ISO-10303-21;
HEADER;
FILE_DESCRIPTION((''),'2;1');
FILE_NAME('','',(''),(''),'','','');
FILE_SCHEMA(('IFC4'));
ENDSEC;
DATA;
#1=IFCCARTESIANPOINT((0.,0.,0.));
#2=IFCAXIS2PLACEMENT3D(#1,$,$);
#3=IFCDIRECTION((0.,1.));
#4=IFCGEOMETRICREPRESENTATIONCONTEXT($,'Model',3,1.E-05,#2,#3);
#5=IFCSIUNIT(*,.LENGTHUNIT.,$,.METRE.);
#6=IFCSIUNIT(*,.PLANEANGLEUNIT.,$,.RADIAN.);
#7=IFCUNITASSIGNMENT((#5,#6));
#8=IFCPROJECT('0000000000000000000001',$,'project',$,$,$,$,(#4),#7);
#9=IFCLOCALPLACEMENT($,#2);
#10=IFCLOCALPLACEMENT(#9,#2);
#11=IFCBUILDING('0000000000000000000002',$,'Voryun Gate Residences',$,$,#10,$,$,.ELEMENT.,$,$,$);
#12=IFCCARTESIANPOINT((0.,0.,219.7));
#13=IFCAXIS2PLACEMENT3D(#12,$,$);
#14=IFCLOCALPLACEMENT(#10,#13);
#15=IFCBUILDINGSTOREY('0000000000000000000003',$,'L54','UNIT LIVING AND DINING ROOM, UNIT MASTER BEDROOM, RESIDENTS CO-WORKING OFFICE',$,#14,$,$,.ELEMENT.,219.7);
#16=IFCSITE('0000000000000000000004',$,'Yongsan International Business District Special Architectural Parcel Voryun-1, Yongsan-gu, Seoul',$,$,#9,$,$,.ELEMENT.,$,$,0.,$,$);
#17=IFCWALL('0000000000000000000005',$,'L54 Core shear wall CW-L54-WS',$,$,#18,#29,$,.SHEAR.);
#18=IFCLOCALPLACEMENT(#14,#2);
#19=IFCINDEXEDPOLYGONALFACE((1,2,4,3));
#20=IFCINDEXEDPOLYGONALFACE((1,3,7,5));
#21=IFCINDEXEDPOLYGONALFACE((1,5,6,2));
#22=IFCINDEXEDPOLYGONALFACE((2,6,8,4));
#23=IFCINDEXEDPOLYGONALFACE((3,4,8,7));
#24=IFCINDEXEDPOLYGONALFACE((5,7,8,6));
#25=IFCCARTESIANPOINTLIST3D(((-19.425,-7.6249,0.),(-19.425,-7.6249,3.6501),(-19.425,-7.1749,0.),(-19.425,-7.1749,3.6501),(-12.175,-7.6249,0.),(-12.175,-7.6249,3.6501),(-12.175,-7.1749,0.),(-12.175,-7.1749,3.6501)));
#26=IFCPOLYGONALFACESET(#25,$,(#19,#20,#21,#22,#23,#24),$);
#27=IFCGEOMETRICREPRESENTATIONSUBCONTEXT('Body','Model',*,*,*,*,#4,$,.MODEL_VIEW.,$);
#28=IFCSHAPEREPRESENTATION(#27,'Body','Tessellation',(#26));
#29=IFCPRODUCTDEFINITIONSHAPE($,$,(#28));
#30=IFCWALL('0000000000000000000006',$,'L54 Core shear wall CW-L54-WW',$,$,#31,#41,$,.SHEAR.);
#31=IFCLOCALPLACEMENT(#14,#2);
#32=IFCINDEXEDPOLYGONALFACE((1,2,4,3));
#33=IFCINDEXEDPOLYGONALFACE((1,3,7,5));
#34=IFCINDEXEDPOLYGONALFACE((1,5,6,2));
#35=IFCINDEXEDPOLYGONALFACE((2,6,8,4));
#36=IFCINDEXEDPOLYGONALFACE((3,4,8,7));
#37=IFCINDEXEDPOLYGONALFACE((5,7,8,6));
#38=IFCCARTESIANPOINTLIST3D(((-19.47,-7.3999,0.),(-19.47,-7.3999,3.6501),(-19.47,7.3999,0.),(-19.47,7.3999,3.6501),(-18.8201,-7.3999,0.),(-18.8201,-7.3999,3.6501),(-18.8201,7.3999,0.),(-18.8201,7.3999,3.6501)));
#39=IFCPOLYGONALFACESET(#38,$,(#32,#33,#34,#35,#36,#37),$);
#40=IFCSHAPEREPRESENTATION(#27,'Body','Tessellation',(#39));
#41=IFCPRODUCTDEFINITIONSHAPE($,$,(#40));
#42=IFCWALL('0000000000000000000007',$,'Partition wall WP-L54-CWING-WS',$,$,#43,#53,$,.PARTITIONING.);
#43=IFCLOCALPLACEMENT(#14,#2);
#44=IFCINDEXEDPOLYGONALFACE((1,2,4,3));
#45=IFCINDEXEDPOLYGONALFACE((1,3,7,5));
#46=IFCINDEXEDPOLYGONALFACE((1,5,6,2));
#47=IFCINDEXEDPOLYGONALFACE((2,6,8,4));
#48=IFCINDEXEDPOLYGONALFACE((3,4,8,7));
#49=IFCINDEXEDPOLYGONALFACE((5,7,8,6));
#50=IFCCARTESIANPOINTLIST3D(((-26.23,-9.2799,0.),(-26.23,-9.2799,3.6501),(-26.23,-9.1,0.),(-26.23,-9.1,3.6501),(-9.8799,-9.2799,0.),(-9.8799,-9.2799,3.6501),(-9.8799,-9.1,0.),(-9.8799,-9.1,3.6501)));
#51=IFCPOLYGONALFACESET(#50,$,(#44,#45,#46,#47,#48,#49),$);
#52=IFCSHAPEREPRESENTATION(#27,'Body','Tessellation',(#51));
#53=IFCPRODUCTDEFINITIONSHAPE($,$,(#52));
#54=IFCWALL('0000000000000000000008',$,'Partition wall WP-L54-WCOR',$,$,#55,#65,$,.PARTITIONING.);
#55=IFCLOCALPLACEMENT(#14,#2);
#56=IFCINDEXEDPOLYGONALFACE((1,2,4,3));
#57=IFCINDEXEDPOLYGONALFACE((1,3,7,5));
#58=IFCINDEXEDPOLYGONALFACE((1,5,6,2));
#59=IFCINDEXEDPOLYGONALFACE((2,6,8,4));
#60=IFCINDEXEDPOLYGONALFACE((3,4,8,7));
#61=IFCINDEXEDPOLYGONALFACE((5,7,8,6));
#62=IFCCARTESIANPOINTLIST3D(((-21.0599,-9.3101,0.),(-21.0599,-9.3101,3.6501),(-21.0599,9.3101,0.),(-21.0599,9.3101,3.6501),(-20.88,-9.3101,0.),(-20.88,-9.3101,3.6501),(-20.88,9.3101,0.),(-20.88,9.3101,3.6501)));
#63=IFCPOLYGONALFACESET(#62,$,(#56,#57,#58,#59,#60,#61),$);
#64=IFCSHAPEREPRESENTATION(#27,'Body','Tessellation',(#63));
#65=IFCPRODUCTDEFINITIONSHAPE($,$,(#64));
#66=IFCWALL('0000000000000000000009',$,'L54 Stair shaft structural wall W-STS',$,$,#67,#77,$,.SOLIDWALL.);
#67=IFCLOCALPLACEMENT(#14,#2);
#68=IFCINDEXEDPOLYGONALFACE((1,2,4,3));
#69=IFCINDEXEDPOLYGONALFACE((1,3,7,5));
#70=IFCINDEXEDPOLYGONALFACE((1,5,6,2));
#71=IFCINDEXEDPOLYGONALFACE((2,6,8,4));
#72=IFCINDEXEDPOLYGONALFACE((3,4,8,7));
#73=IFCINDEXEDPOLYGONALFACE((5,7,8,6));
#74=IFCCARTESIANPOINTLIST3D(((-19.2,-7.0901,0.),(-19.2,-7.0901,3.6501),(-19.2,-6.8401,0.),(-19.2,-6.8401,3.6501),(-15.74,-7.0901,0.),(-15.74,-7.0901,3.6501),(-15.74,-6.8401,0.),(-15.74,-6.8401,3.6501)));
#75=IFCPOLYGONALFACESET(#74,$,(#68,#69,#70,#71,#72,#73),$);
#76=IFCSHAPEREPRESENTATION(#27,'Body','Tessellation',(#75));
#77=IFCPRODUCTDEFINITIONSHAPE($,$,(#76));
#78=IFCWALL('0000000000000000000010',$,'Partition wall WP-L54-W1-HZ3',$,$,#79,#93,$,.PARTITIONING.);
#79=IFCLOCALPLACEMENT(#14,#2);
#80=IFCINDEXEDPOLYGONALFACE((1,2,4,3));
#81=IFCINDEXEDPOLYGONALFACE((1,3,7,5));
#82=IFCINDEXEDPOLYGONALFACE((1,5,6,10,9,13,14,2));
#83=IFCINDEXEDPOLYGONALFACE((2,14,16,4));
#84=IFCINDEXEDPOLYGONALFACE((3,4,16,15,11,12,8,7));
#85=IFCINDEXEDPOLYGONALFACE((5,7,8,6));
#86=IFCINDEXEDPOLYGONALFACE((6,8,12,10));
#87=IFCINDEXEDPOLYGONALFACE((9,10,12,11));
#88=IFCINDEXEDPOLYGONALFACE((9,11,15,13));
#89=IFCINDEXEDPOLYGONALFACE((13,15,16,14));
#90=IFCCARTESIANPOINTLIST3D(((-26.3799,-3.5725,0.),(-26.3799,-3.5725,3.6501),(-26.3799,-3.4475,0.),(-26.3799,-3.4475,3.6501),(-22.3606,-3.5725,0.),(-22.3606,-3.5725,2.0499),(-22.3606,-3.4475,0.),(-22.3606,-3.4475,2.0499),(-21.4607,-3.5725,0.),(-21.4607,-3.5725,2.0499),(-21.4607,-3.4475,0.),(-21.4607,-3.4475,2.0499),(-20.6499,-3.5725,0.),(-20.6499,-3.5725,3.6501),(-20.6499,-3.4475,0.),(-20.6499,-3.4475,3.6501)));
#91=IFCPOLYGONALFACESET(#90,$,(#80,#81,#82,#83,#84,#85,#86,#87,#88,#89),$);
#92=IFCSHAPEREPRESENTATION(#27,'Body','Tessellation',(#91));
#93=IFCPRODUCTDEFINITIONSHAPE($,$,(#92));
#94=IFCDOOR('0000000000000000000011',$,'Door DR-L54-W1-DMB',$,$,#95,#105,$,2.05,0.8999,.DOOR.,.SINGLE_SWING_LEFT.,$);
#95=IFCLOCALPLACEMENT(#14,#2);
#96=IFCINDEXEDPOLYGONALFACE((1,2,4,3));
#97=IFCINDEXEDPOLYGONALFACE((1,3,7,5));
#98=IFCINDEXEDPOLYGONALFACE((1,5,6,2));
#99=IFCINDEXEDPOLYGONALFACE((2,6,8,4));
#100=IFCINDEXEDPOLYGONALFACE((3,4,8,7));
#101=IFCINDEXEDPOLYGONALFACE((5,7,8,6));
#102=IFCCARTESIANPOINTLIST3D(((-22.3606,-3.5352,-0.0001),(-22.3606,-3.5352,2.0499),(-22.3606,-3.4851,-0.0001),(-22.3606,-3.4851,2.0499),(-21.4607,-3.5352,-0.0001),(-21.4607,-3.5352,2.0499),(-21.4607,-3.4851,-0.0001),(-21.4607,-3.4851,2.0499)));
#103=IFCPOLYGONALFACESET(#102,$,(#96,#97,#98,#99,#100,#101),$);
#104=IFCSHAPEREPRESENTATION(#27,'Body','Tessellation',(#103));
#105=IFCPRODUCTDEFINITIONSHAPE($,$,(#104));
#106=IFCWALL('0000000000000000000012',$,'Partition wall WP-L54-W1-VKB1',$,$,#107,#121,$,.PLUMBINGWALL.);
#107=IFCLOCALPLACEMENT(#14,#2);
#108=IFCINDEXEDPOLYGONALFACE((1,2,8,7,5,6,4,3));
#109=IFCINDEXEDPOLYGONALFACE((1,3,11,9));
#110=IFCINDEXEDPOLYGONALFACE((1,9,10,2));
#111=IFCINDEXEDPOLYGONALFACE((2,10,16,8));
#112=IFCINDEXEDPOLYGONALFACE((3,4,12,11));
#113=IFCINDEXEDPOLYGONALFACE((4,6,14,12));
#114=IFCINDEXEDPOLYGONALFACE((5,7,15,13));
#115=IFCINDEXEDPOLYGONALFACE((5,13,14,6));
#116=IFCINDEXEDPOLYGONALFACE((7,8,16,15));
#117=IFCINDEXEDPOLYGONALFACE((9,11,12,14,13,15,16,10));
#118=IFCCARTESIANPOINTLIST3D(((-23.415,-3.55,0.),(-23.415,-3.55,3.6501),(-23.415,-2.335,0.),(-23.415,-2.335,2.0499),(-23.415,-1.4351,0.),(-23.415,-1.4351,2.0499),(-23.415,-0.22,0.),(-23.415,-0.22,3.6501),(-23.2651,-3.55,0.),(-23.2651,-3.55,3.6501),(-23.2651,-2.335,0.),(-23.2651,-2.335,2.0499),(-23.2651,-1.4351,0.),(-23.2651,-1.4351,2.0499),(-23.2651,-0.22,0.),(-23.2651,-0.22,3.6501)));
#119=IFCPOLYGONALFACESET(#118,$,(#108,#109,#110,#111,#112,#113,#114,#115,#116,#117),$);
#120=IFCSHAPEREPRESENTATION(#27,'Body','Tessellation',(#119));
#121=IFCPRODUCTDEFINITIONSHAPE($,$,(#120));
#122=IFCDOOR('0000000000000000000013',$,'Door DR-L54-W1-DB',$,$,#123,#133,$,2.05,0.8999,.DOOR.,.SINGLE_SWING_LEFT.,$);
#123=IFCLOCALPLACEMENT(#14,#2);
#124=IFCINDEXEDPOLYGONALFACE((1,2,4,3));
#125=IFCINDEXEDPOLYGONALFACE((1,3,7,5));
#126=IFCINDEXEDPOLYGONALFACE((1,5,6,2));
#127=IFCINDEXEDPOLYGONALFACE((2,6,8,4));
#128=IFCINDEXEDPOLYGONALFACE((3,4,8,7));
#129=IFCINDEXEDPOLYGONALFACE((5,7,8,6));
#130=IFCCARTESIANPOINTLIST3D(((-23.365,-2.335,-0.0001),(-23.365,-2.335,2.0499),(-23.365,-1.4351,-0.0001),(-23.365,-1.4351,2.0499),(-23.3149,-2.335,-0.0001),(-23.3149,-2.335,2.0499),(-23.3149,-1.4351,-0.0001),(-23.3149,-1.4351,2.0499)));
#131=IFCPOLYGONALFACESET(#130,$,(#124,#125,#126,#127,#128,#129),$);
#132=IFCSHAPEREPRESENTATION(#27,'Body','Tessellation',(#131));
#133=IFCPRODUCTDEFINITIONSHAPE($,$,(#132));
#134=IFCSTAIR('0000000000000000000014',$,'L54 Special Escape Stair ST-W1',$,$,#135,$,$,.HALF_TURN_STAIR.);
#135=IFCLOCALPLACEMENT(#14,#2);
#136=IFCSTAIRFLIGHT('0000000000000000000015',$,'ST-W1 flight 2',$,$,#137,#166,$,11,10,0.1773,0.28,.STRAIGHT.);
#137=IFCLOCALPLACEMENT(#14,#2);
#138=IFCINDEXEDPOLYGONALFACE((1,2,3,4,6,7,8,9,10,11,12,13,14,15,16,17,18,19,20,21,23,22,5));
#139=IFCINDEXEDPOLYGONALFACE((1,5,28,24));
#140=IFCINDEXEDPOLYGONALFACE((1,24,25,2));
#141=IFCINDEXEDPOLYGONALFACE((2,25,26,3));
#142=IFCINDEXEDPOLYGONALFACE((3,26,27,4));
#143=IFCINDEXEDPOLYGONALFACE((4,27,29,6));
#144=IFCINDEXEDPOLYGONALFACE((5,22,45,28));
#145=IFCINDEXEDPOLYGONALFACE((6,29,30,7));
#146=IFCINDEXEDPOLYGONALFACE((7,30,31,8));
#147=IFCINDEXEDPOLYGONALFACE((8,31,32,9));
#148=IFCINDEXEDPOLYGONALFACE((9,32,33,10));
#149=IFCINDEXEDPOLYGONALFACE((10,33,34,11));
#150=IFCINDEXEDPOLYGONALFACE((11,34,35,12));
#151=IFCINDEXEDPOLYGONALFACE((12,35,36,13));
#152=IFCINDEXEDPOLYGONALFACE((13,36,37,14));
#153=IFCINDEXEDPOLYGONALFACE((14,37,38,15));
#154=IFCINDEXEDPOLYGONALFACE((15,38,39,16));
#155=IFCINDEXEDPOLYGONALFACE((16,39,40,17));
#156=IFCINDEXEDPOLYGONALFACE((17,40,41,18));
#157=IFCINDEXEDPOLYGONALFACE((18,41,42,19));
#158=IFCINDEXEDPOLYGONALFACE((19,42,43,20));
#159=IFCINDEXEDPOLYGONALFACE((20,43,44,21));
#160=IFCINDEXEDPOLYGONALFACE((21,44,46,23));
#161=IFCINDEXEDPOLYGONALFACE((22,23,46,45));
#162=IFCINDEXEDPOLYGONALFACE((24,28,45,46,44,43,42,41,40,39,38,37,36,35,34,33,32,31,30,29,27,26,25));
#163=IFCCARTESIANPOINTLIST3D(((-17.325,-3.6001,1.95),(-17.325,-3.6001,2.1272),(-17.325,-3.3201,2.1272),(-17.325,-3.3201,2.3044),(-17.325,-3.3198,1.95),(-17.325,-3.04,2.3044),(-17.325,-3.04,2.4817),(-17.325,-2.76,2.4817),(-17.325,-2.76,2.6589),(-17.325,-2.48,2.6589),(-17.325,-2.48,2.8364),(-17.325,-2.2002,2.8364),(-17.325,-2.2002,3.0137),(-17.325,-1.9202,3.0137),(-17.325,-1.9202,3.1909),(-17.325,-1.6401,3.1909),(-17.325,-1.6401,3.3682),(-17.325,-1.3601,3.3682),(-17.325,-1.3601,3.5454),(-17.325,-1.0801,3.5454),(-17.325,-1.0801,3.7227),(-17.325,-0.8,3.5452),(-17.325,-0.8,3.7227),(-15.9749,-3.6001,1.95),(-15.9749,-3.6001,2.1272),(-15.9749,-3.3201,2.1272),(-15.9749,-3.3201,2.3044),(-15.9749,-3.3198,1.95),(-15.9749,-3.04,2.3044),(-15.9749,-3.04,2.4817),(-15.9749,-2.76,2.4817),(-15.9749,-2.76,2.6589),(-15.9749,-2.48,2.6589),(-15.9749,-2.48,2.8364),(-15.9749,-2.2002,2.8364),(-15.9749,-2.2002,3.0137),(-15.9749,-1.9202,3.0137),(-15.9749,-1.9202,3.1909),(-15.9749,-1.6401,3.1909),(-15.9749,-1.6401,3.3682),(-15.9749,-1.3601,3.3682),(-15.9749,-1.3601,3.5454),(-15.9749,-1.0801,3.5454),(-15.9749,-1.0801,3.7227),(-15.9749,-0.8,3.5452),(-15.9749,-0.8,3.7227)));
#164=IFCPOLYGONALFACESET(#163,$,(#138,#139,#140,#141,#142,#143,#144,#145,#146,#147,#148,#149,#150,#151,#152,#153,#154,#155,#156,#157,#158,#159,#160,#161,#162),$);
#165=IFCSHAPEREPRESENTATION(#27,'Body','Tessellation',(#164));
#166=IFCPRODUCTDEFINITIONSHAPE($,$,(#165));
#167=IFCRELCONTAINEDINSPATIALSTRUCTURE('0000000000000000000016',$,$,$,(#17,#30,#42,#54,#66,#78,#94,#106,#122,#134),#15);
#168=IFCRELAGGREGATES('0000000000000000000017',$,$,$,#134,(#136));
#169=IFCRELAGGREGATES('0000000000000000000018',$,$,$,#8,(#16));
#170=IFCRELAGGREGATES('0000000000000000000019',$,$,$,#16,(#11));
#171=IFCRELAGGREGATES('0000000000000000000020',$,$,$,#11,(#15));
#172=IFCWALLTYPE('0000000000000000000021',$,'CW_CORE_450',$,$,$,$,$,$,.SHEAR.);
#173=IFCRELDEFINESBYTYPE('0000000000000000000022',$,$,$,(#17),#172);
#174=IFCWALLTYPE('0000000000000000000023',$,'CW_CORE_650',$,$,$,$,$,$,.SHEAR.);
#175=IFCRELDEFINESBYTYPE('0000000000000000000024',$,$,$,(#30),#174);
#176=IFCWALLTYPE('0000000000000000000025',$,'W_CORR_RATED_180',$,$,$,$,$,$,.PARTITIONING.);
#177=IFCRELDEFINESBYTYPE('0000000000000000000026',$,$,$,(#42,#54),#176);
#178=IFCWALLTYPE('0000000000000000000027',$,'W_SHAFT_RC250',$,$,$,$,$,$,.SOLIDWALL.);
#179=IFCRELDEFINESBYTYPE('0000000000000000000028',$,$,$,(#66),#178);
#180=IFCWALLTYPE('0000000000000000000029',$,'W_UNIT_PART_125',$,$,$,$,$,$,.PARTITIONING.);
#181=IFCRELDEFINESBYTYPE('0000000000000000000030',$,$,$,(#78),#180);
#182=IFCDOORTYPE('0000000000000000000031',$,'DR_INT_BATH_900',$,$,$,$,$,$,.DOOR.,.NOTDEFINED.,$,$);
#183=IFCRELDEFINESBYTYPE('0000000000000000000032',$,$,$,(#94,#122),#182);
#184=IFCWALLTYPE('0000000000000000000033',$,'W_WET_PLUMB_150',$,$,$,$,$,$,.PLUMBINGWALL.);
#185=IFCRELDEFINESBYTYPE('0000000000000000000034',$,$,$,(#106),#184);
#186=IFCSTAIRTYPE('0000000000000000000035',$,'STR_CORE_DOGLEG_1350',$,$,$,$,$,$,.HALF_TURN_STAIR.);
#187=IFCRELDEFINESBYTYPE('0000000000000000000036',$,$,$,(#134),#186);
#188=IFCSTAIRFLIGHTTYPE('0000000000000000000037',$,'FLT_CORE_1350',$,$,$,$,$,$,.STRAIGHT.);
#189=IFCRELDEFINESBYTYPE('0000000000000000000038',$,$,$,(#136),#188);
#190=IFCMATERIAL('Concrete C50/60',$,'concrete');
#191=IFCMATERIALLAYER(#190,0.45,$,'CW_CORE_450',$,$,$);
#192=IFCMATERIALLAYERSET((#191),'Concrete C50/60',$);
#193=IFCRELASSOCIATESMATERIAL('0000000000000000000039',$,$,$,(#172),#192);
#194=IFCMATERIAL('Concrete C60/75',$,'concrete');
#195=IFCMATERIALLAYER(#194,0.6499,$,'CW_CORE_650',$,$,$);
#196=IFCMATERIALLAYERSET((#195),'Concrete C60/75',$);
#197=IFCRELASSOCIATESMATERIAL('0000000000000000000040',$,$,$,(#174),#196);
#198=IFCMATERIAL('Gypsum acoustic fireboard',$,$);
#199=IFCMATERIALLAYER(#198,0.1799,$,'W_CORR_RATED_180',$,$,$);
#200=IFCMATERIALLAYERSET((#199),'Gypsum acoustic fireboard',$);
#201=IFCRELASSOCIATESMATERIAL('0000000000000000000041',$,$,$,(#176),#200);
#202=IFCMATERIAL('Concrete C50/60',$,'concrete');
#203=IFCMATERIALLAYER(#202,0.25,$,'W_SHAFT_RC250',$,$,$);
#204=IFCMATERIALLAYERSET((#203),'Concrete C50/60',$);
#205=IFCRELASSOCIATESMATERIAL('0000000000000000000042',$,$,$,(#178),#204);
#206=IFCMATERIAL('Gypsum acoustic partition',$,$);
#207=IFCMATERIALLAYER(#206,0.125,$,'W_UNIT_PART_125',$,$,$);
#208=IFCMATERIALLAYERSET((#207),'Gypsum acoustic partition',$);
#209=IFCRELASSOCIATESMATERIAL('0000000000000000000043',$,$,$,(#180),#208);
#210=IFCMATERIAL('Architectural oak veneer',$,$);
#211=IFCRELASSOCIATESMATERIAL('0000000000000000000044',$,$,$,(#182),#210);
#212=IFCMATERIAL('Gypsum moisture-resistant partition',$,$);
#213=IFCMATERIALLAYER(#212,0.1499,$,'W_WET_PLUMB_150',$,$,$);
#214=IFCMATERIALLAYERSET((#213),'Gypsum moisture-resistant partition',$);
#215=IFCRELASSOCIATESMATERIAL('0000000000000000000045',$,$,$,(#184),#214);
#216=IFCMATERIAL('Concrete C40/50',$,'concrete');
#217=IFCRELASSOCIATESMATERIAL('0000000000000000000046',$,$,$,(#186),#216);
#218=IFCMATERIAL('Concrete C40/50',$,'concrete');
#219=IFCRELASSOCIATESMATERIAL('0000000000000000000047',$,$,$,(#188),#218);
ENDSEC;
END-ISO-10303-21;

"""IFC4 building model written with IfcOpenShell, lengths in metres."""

from ifc_helpers import new_model, si_unit, direction, frame, frame_2d, origin, place, context, subcontext, project, spatial, polyline, rectangle, outline, extrude, material, layer, layer_set, type_object, element, fill, aggregate, save


model = new_model("IFC4")

# Units and contexts
model_context = context("Model", 3, precision=1e-05, world=origin(), true_north=direction((0.0, 1.0)))
body_context = subcontext(model_context, "Body", "Model", "MODEL_VIEW")
ifc_project = project(units=[si_unit("LENGTHUNIT", "METRE"), si_unit("PLANEANGLEUNIT", "RADIAN")], contexts=[model_context])

# Site, building, storey
site_placement = place(None, origin())
site = spatial("IfcSite", under=ifc_project, at=site_placement, Name="Yongsan International Business District Special Architectural Parcel Voryun-1, Yongsan-gu, Seoul", CompositionType="ELEMENT", RefElevation=0.0)
building_placement = place(site_placement, origin())
building = spatial("IfcBuilding", under=site, at=building_placement, Name="Voryun Gate Residences", CompositionType="ELEMENT")
storey_placement = place(building_placement, frame((0.0, 0.0, 219.7)))
storey = spatial("IfcBuildingStorey", under=building, at=storey_placement, Name="L54", Description="UNIT LIVING AND DINING ROOM, UNIT MASTER BEDROOM, RESIDENTS CO-WORKING OFFICE", CompositionType="ELEMENT", Elevation=219.7)

# Walls
ifc_material_1 = material(Name="Concrete C50/60", Category="concrete")
ifc_layer_1 = layer(ifc_material_1, 0.45, Name="CW_CORE_450")
ifc_layer_set_1 = layer_set([ifc_layer_1], Name="Concrete C50/60")
wall_type_1 = type_object("IfcWallType", Name="CW_CORE_450", PredefinedType="SHEAR", material=ifc_layer_set_1)
wall_1_placement = place(storey_placement, frame((-19.425, -7.3999, 0.0), z_axis=(0.0, 0.0, 1.0), x_axis=(1.0, 0.0, 0.0)))
element("IfcWall", 1, at=wall_1_placement, inside=storey, type_object=wall_type_1, Name="L54 Core shear wall CW-L54-WS", PredefinedType="SHEAR", context=body_context, shape_type="SweptSolid", body=[
    extrude(rectangle(XDim=7.25, YDim=0.45, at=frame_2d((3.625, 0.0))), origin(), (0.0, 0.0, 1.0), 3.6501),
])
ifc_material_2 = material(Name="Concrete C60/75", Category="concrete")
ifc_layer_2 = layer(ifc_material_2, 0.6499, Name="CW_CORE_650")
ifc_layer_set_2 = layer_set([ifc_layer_2], Name="Concrete C60/75")
wall_type_2 = type_object("IfcWallType", Name="CW_CORE_650", PredefinedType="SHEAR", material=ifc_layer_set_2)
wall_2_placement = place(storey_placement, frame((-19.145, -7.3999, 0.0), z_axis=(0.0, 0.0, 1.0), x_axis=(0.0, 1.0, 0.0)))
element("IfcWall", 2, at=wall_2_placement, inside=storey, type_object=wall_type_2, Name="L54 Core shear wall CW-L54-WW", PredefinedType="SHEAR", context=body_context, shape_type="SweptSolid", body=[
    extrude(rectangle(XDim=14.7998, YDim=0.6499, at=frame_2d((7.3999, 0.0))), origin(), (0.0, 0.0, 1.0), 3.6501),
])
ifc_material_3 = material(Name="Gypsum acoustic fireboard")
ifc_layer_3 = layer(ifc_material_3, 0.1799, Name="W_CORR_RATED_180")
ifc_layer_set_3 = layer_set([ifc_layer_3], Name="Gypsum acoustic fireboard")
wall_type_3 = type_object("IfcWallType", Name="W_CORR_RATED_180", PredefinedType="PARTITIONING", material=ifc_layer_set_3)
wall_3_placement = place(storey_placement, frame((-26.23, -9.1899, 0.0), z_axis=(0.0, 0.0, 1.0), x_axis=(1.0, 0.0, 0.0)))
element("IfcWall", 3, at=wall_3_placement, inside=storey, type_object=wall_type_3, Name="Partition wall WP-L54-CWING-WS", PredefinedType="PARTITIONING", context=body_context, shape_type="SweptSolid", body=[
    extrude(rectangle(XDim=16.3501, YDim=0.1799, at=frame_2d((8.175, 0.0))), origin(), (0.0, 0.0, 1.0), 3.6501),
])
wall_4_placement = place(storey_placement, frame((-20.97, -9.3101, 0.0), z_axis=(0.0, 0.0, 1.0), x_axis=(0.0, 1.0, 0.0)))
element("IfcWall", 4, at=wall_4_placement, inside=storey, type_object=wall_type_3, Name="Partition wall WP-L54-WCOR", PredefinedType="PARTITIONING", context=body_context, shape_type="SweptSolid", body=[
    extrude(rectangle(XDim=18.6201, YDim=0.1799, at=frame_2d((9.3101, 0.0))), origin(), (0.0, 0.0, 1.0), 3.6501),
])
ifc_material_4 = material(Name="Concrete C50/60", Category="concrete")
ifc_layer_4 = layer(ifc_material_4, 0.25, Name="W_SHAFT_RC250")
ifc_layer_set_4 = layer_set([ifc_layer_4], Name="Concrete C50/60")
wall_type_4 = type_object("IfcWallType", Name="W_SHAFT_RC250", PredefinedType="SOLIDWALL", material=ifc_layer_set_4)
wall_5_placement = place(storey_placement, frame((-19.2, -6.9651, 0.0), z_axis=(0.0, 0.0, 1.0), x_axis=(1.0, 0.0, 0.0)))
element("IfcWall", 5, at=wall_5_placement, inside=storey, type_object=wall_type_4, Name="L54 Stair shaft structural wall W-STS", PredefinedType="SOLIDWALL", context=body_context, shape_type="SweptSolid", body=[
    extrude(rectangle(XDim=3.46, YDim=0.25, at=frame_2d((1.73, 0.0))), origin(), (0.0, 0.0, 1.0), 3.6501),
])

# Walls, openings, doors
ifc_material_5 = material(Name="Gypsum acoustic partition")
ifc_layer_5 = layer(ifc_material_5, 0.125, Name="W_UNIT_PART_125")
ifc_layer_set_5 = layer_set([ifc_layer_5], Name="Gypsum acoustic partition")
wall_type_5 = type_object("IfcWallType", Name="W_UNIT_PART_125", PredefinedType="PARTITIONING", material=ifc_layer_set_5)
wall_6_placement = place(storey_placement, frame((-26.3799, -3.51, 0.0), z_axis=(0.0, 0.0, 1.0), x_axis=(1.0, 0.0, 0.0)))
wall_6 = element("IfcWall", 6, at=wall_6_placement, inside=storey, type_object=wall_type_5, Name="Partition wall WP-L54-W1-HZ3", PredefinedType="PARTITIONING", context=body_context, shape_type="SweptSolid", body=[
    extrude(rectangle(XDim=5.73, YDim=0.125, at=frame_2d((2.865, 0.0))), origin(), (0.0, 0.0, 1.0), 3.6501),
])
opening_1_placement = place(wall_6_placement, frame((4.0193, 0.0, 0.0)))
opening_1 = element("IfcOpeningElement", 7, at=opening_1_placement, cuts=wall_6, PredefinedType="OPENING", context=body_context, shape_type="SweptSolid", body=[
    extrude(rectangle(XDim=0.8999, YDim=2.05, at=frame_2d((0.45, 1.0249))), frame((0.0, 0.0725, 0.0), z_axis=(0.0, -1.0, 0.0), x_axis=(1.0, 0.0, 0.0)), (0.0, 0.0, 1.0), 0.145),
])
ifc_material_6 = material(Name="Architectural oak veneer")
door_type = type_object("IfcDoorType", Name="DR_INT_BATH_900", OperationType="NOTDEFINED", PredefinedType="DOOR", material=ifc_material_6)
door_1_placement = place(opening_1_placement, origin())
door_1 = element("IfcDoor", 8, at=door_1_placement, inside=storey, type_object=door_type, Name="Door DR-L54-W1-DMB", OperationType="SINGLE_SWING_LEFT", OverallHeight=2.05, OverallWidth=0.8999, PredefinedType="DOOR", context=body_context, shape_type="SweptSolid", body=[
    extrude(rectangle(XDim=0.8999, YDim=2.05, at=frame_2d((0.45, 1.0249))), frame((0.0, 0.0249, 0.0), z_axis=(0.0, -1.0, 0.0), x_axis=(1.0, 0.0, 0.0)), (0.0, 0.0, 1.0), 0.05),
])
fill(opening_1, door_1)
ifc_material_7 = material(Name="Gypsum moisture-resistant partition")
ifc_layer_6 = layer(ifc_material_7, 0.1499, Name="W_WET_PLUMB_150")
ifc_layer_set_6 = layer_set([ifc_layer_6], Name="Gypsum moisture-resistant partition")
wall_type_6 = type_object("IfcWallType", Name="W_WET_PLUMB_150", PredefinedType="PLUMBINGWALL", material=ifc_layer_set_6)
wall_7_placement = place(storey_placement, frame((-23.3401, -3.55, 0.0), z_axis=(0.0, 0.0, 1.0), x_axis=(0.0, 1.0, 0.0)))
wall_7 = element("IfcWall", 9, at=wall_7_placement, inside=storey, type_object=wall_type_6, Name="Partition wall WP-L54-W1-VKB1", PredefinedType="PLUMBINGWALL", context=body_context, shape_type="SweptSolid", body=[
    extrude(rectangle(XDim=3.3301, YDim=0.1499, at=frame_2d((1.665, 0.0))), origin(), (0.0, 0.0, 1.0), 3.6501),
])
opening_2_placement = place(wall_7_placement, frame((1.2151, 0.0, 0.0)))
opening_2 = element("IfcOpeningElement", 10, at=opening_2_placement, cuts=wall_7, PredefinedType="OPENING", context=body_context, shape_type="SweptSolid", body=[
    extrude(rectangle(XDim=0.8999, YDim=2.05, at=frame_2d((0.45, 1.0249))), frame((0.0, 0.085, 0.0), z_axis=(0.0, -1.0, 0.0), x_axis=(1.0, 0.0, 0.0)), (0.0, 0.0, 1.0), 0.1699),
])
door_2_placement = place(opening_2_placement, origin())
door_2 = element("IfcDoor", 11, at=door_2_placement, inside=storey, type_object=door_type, Name="Door DR-L54-W1-DB", OperationType="SINGLE_SWING_LEFT", OverallHeight=2.05, OverallWidth=0.8999, PredefinedType="DOOR", context=body_context, shape_type="SweptSolid", body=[
    extrude(rectangle(XDim=0.8999, YDim=2.05, at=frame_2d((0.45, 1.0249))), frame((0.0, 0.0249, 0.0), z_axis=(0.0, -1.0, 0.0), x_axis=(1.0, 0.0, 0.0)), (0.0, 0.0, 1.0), 0.05),
])
fill(opening_2, door_2)

# Stair, stair flight
ifc_material_8 = material(Name="Concrete C40/50", Category="concrete")
stair_type = type_object("IfcStairType", Name="STR_CORE_DOGLEG_1350", PredefinedType="HALF_TURN_STAIR", material=ifc_material_8)
stair_placement = place(storey_placement, origin())
stair = element("IfcStair", 12, at=stair_placement, inside=storey, type_object=stair_type, Name="L54 Special Escape Stair ST-W1", PredefinedType="HALF_TURN_STAIR")
ifc_material_9 = material(Name="Concrete C40/50", Category="concrete")
stair_flight_type = type_object("IfcStairFlightType", Name="FLT_CORE_1350", PredefinedType="STRAIGHT", material=ifc_material_9)
stair_flight_placement = place(storey_placement, frame((-16.6499, -3.6001, 1.95), z_axis=(0.0, 0.0, 1.0), x_axis=(0.0, 1.0, 0.0)))
stair_flight = element("IfcStairFlight", 13, at=stair_flight_placement, type_object=stair_flight_type, Name="ST-W1 flight 2", NumberOfRisers=11, NumberOfTreads=10, PredefinedType="STRAIGHT", RiserHeight=0.1773, TreadLength=0.28, context=body_context, shape_type="SweptSolid", body=[
    extrude(outline(polyline([(0.0, 0.0), (0.0, 0.1772), (0.28, 0.1772), (0.28, 0.3545), (0.5601, 0.3545), (0.5601, 0.5317), (0.8401, 0.5317), (0.8401, 0.709), (1.1201, 0.709), (1.1201, 0.8865), (1.3999, 0.8865), (1.3999, 1.0637), (1.6799, 1.0637), (1.6799, 1.241), (1.96, 1.241), (1.96, 1.4182), (2.24, 1.4182), (2.24, 1.5955), (2.52, 1.5955), (2.52, 1.7727), (2.8, 1.7727), (2.8, 1.95), (2.8, 1.5952), (0.2803, 0.0), (0.0, 0.0)])), frame((0.0, 0.675, 0.0), z_axis=(0.0, -1.0, 0.0), x_axis=(1.0, 0.0, 0.0)), (0.0, 0.0, 1.0), 1.3501),
])
aggregate(stair, [stair_flight])

save(model, "model.ifc")
